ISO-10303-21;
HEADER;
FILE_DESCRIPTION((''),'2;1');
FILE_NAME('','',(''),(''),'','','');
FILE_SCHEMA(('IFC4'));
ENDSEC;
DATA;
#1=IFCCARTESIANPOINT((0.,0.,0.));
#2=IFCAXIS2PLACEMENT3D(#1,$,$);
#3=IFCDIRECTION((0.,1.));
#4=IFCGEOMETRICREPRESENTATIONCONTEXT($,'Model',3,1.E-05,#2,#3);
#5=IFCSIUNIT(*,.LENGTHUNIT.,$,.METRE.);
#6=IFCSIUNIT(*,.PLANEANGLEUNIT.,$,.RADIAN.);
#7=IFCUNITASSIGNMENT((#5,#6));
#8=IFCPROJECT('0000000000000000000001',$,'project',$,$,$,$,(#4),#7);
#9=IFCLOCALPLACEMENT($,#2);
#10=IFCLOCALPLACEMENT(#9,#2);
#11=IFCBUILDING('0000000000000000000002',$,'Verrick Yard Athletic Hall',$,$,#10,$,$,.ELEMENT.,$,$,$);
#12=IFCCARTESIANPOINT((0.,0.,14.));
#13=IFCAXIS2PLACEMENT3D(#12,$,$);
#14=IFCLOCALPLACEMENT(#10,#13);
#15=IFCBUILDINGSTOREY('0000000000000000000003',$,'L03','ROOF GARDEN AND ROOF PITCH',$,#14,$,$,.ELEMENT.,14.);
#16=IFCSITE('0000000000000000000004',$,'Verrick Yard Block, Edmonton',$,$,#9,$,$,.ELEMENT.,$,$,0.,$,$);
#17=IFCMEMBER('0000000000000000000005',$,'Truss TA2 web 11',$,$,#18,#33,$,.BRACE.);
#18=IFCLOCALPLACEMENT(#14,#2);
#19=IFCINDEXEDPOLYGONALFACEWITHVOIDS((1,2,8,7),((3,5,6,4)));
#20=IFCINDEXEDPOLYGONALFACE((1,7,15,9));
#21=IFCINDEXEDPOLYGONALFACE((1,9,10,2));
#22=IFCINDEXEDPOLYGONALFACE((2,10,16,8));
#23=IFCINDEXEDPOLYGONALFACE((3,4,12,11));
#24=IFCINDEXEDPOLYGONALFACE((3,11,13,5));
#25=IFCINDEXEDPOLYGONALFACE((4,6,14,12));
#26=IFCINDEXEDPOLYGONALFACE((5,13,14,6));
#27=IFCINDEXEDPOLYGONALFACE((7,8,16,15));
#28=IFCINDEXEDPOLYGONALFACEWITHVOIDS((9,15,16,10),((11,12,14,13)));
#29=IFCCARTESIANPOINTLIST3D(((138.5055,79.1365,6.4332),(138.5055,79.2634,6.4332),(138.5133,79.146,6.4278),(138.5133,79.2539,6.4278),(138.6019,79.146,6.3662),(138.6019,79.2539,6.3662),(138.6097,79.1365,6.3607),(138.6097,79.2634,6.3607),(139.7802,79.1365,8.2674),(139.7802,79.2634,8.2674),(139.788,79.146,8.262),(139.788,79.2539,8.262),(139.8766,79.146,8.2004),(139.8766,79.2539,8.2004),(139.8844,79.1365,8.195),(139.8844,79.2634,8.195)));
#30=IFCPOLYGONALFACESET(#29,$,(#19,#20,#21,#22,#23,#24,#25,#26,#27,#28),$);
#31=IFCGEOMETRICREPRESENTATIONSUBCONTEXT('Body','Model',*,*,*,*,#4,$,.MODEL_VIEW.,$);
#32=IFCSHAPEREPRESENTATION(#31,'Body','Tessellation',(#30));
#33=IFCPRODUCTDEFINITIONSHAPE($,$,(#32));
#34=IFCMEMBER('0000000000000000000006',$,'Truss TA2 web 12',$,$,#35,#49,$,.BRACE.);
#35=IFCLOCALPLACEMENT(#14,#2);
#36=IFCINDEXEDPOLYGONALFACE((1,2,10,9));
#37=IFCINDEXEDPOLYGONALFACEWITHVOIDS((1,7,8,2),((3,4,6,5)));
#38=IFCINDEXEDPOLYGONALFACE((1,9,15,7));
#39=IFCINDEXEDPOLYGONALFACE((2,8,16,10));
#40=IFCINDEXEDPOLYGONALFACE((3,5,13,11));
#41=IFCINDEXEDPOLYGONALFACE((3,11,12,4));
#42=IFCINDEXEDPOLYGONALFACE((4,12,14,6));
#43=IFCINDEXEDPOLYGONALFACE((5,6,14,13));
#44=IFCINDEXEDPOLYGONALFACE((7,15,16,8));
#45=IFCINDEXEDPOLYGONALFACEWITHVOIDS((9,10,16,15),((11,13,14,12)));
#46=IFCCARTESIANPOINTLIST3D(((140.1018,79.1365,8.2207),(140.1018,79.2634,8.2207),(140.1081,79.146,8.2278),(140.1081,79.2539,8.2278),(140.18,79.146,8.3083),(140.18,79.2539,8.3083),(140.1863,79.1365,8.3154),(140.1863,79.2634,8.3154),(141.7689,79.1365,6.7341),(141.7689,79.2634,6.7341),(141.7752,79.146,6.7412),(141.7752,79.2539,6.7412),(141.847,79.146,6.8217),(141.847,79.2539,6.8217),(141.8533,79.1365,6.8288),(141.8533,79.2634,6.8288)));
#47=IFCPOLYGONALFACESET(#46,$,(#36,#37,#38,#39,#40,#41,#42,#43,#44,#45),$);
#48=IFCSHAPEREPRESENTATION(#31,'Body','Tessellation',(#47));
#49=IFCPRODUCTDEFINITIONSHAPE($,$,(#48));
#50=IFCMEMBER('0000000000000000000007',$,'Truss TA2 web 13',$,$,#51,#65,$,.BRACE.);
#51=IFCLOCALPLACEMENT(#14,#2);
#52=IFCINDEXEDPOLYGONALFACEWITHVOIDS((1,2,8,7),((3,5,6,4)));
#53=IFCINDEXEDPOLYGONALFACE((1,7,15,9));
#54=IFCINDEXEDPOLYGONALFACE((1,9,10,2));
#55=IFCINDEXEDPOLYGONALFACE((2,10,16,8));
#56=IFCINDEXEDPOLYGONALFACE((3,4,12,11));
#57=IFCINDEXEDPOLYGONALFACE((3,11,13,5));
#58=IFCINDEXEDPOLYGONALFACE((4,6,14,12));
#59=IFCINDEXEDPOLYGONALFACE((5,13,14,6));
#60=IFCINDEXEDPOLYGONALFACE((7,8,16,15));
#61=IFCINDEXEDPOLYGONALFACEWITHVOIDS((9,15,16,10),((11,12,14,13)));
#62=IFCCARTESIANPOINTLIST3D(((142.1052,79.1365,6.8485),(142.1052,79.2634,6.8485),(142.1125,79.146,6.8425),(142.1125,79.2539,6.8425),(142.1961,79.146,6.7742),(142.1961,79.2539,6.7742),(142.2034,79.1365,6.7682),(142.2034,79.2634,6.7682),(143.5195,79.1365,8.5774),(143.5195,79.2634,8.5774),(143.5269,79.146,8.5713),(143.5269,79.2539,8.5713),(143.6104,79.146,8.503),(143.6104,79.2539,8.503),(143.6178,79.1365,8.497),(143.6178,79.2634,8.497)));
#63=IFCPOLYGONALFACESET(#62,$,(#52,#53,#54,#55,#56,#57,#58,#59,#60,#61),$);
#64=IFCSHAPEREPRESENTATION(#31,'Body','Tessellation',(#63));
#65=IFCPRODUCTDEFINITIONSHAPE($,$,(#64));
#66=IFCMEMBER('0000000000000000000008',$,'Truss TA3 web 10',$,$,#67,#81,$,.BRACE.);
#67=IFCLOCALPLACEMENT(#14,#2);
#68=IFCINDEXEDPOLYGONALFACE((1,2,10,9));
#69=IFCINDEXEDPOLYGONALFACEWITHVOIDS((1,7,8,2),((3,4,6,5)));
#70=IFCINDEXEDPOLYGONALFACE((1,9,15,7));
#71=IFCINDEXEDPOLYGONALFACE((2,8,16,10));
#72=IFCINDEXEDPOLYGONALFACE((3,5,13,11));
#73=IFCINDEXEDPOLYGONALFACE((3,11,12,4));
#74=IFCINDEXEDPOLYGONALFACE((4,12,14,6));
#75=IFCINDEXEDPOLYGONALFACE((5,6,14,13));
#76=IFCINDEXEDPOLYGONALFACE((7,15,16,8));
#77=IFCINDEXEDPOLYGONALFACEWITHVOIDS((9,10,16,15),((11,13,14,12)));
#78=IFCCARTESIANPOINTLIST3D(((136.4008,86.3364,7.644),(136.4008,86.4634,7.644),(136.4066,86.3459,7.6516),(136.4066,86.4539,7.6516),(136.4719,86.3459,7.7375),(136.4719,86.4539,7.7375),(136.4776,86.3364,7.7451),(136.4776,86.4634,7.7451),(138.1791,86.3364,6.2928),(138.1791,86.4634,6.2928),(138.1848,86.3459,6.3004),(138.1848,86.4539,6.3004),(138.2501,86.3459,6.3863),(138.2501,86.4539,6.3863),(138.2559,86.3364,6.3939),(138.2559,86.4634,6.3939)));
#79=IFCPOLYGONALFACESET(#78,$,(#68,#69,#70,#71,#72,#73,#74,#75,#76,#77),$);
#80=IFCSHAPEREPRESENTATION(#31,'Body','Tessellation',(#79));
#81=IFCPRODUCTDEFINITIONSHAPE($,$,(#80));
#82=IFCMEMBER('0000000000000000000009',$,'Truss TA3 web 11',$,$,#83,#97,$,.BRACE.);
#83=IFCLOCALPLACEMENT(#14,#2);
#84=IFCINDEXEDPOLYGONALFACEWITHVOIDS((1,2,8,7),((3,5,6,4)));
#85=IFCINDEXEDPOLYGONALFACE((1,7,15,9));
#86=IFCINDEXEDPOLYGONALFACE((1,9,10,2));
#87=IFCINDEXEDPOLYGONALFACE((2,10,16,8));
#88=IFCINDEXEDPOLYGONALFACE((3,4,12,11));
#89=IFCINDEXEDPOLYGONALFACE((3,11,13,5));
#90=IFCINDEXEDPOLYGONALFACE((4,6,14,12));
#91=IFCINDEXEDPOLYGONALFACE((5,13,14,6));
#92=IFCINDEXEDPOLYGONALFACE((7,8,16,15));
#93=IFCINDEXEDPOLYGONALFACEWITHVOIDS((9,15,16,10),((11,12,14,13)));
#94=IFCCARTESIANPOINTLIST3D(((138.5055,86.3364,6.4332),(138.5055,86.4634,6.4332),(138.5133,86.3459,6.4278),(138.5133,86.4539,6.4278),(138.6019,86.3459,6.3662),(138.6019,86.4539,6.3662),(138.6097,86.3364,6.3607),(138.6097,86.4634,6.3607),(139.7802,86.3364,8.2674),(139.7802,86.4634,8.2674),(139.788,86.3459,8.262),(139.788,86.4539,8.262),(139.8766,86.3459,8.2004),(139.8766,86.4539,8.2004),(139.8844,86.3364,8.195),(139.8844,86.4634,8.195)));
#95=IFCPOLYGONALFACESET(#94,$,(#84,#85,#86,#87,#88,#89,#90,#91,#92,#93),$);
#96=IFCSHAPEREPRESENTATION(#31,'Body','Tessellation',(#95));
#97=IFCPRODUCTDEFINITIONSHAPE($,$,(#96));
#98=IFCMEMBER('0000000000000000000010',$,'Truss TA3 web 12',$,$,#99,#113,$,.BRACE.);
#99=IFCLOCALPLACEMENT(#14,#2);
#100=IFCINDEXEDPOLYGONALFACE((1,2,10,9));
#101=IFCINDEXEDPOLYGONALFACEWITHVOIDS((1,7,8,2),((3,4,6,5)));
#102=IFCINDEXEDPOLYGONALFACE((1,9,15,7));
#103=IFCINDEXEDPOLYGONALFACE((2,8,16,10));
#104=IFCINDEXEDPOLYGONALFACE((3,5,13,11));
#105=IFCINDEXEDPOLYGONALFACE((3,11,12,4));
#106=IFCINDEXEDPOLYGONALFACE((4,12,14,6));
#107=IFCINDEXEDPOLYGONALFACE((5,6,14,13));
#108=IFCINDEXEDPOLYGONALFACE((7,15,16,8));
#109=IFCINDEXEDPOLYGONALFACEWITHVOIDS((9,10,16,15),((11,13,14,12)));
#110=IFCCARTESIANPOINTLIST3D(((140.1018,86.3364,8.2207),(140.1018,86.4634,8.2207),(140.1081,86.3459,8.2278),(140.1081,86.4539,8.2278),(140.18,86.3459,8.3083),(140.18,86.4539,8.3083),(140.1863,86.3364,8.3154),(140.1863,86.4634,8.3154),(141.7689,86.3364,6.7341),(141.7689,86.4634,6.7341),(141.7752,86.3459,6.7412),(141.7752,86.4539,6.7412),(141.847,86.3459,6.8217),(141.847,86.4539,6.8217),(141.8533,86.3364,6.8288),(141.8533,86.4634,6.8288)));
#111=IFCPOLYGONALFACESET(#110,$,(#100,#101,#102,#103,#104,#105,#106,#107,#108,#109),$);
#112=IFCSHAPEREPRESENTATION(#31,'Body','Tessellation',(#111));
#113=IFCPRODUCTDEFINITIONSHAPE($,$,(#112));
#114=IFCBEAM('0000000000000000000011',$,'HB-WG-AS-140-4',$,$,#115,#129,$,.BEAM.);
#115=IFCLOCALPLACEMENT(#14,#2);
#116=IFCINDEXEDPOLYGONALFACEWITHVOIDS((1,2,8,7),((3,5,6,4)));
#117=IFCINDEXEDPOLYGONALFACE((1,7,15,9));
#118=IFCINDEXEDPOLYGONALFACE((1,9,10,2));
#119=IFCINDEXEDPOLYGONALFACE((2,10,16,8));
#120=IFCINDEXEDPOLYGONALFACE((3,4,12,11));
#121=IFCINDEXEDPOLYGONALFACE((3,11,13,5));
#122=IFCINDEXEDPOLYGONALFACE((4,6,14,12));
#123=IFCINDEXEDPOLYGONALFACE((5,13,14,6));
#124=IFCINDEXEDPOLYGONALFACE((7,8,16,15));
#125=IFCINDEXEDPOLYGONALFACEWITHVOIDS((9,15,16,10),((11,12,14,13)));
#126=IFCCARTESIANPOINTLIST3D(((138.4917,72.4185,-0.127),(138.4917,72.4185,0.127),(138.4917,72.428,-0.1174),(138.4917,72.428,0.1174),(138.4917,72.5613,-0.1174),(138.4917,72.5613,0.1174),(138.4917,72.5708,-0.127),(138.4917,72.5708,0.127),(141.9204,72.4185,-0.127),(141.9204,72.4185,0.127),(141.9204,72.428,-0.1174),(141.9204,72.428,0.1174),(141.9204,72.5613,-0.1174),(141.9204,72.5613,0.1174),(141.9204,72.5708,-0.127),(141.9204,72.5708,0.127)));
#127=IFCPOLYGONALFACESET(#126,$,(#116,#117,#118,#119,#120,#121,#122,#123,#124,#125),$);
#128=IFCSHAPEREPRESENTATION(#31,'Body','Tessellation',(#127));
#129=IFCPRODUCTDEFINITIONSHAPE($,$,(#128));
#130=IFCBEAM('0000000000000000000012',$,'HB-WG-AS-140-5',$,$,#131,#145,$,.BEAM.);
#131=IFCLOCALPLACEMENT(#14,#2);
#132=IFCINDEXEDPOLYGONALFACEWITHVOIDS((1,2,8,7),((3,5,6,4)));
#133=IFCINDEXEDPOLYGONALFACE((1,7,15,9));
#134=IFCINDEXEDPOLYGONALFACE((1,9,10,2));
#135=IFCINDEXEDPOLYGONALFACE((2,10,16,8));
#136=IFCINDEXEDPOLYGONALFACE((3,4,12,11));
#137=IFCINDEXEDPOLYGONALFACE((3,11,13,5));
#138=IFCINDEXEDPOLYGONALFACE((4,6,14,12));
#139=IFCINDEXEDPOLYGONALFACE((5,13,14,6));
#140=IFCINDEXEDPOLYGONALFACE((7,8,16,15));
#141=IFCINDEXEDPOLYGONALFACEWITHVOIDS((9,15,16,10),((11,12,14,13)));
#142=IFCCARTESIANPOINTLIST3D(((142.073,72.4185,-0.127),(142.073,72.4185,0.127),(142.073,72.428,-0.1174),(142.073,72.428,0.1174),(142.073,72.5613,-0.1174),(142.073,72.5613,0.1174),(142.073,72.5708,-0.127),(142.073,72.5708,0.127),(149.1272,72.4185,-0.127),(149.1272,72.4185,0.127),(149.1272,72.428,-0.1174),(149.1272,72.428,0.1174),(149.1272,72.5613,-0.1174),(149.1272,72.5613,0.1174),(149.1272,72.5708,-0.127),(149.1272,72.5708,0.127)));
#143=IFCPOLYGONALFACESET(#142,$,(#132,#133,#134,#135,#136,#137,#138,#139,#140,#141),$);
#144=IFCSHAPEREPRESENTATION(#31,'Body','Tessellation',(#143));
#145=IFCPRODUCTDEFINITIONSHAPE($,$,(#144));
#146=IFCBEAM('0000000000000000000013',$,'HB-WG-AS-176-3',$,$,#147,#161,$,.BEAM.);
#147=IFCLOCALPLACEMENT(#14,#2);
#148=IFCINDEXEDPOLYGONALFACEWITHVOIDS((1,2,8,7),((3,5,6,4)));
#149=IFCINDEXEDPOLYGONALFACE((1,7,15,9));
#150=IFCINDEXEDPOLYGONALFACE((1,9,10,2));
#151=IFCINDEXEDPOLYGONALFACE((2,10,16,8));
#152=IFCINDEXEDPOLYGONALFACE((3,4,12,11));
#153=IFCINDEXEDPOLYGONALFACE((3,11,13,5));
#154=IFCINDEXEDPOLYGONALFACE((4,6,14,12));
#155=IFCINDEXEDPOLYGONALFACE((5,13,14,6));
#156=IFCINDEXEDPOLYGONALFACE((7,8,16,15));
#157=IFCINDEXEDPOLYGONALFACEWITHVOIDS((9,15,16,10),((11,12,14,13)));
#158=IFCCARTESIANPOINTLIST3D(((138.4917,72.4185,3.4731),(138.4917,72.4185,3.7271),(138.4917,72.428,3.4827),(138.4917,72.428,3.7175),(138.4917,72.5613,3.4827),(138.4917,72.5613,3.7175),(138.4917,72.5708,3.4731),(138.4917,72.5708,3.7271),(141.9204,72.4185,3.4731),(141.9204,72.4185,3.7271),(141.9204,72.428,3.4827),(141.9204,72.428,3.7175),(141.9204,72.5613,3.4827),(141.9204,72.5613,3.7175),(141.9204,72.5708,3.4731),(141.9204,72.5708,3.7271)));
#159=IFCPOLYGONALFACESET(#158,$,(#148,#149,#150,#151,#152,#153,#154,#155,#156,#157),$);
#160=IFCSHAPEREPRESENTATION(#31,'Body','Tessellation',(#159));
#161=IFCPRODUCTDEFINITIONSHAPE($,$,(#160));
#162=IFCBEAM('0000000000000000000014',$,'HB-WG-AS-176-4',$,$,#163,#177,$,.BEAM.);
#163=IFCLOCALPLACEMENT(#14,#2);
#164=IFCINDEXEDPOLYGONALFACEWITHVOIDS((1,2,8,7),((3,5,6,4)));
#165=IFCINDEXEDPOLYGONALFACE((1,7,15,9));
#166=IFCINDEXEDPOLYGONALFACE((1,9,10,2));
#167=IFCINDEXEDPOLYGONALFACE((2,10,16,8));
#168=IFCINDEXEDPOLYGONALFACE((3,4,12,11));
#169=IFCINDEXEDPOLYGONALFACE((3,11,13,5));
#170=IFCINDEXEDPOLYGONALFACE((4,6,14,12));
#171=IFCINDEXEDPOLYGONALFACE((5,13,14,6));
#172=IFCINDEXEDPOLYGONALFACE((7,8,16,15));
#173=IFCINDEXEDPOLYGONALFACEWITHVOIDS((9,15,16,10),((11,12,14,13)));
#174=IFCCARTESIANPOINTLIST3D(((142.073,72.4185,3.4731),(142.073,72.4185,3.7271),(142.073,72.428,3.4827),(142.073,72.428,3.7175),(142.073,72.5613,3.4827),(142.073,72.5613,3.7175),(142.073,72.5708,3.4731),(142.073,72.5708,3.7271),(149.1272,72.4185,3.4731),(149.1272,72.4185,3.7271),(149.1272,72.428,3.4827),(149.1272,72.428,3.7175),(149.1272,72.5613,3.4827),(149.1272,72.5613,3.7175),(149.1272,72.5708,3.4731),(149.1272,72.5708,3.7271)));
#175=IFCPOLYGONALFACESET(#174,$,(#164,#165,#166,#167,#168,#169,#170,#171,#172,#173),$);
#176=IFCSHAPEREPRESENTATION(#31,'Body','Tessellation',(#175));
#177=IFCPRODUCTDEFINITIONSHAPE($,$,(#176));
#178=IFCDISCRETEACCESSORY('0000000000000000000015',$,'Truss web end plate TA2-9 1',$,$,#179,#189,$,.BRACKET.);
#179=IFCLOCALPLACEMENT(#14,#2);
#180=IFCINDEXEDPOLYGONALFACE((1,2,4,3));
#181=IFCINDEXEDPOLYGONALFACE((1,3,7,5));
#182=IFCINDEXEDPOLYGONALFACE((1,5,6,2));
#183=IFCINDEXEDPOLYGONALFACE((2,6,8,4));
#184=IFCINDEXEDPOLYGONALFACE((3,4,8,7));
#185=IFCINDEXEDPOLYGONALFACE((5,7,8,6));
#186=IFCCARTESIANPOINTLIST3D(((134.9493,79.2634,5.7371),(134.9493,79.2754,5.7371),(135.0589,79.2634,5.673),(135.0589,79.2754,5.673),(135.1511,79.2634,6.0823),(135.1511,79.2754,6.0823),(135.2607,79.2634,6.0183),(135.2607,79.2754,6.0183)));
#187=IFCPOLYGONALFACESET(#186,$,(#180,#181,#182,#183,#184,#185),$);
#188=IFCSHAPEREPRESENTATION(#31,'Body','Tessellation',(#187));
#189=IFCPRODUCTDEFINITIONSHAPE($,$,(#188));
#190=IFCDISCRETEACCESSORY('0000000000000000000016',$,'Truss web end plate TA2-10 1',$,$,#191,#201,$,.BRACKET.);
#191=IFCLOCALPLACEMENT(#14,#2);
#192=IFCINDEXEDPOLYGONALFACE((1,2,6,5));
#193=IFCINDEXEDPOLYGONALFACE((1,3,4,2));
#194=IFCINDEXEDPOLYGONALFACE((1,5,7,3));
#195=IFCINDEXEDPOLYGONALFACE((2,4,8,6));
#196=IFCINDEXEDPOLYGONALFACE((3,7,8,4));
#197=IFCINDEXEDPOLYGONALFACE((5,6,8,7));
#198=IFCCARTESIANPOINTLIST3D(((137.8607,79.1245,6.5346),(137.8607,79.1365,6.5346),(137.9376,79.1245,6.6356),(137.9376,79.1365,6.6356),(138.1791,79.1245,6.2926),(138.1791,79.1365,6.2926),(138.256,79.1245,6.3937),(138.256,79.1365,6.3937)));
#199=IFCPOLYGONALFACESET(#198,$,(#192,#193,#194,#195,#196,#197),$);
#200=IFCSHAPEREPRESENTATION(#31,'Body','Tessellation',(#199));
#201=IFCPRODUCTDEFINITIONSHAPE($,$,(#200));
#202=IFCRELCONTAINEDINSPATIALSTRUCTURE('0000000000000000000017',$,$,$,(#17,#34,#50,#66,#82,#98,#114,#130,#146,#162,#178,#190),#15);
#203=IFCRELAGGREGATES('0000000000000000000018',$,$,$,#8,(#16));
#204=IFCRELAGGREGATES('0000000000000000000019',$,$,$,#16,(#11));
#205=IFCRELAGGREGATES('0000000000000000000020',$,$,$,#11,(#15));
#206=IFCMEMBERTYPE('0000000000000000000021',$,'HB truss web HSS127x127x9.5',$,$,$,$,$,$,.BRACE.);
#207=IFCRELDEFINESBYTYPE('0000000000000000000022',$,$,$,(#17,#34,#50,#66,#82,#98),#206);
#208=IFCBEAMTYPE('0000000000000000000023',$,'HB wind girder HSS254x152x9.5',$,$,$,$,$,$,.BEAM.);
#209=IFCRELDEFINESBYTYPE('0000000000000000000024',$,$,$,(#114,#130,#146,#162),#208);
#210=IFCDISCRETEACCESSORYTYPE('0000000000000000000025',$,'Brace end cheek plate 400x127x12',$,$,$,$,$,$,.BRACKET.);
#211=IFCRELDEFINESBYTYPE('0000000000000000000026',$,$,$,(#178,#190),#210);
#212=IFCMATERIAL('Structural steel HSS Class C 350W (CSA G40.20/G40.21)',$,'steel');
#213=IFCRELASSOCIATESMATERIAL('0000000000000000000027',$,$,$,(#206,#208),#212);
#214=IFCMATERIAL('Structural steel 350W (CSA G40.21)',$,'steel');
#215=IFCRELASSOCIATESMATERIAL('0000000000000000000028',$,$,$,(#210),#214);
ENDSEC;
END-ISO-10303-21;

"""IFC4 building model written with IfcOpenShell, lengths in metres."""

from ifc_helpers import new_model, si_unit, direction, frame, origin, origin_2d, place, context, subcontext, project, spatial, rectangle, hollow_rectangle, extrude, material, material_profile, profile_set, type_object, element, save


model = new_model("IFC4")

# Units and contexts
model_context = context("Model", 3, precision=1e-05, world=origin(), true_north=direction((0.0, 1.0)))
body_context = subcontext(model_context, "Body", "Model", "MODEL_VIEW")
ifc_project = project(units=[si_unit("LENGTHUNIT", "METRE"), si_unit("PLANEANGLEUNIT", "RADIAN")], contexts=[model_context])

# Site, building, storey
site_placement = place(None, origin())
site = spatial("IfcSite", under=ifc_project, at=site_placement, Name="Verrick Yard Block, Edmonton", CompositionType="ELEMENT", RefElevation=0.0)
building_placement = place(site_placement, origin())
building = spatial("IfcBuilding", under=site, at=building_placement, Name="Verrick Yard Athletic Hall", CompositionType="ELEMENT")
storey_placement = place(building_placement, frame((0.0, 0.0, 14.0)))
storey = spatial("IfcBuildingStorey", under=building, at=storey_placement, Name="L03", Description="ROOF GARDEN AND ROOF PITCH", CompositionType="ELEMENT", Elevation=14.0)

# Members
ifc_material_1 = material(Name="Structural steel HSS Class C 350W (CSA G40.20/G40.21)", Category="steel")
ifc_material_profile_1 = material_profile(ifc_material_1, hollow_rectangle(XDim=0.127, YDim=0.127, WallThickness=0.0095, at=origin_2d()), Name="HSS127x127x9.5")
ifc_profile_set_1 = profile_set([ifc_material_profile_1], Name="Structural steel HSS Class C 350W (CSA G40.20/G40.21)")
member_type_1 = type_object("IfcMemberType", Name="HB truss web HSS127x127x9.5", PredefinedType="BRACE", material=ifc_profile_set_1)
for number, where, z_axis, x_axis, name in (
    (1, (138.5576, 79.2, 6.397), (0.570664, 0.0, 0.821184), (0.0, 1.0, 0.0), "Truss TA2 web 11"),
    (2, (140.144, 79.2, 8.2681), (0.746341, 0.0, -0.665564), (0.0, 1.0, 0.0), "Truss TA2 web 12"),
    (3, (142.1543, 79.2, 6.8083), (0.633202, 0.0, 0.773987), (0.0, 1.0, 0.0), "Truss TA2 web 13"),
):
    element("IfcMember", number, at=place(storey_placement, frame(where, z_axis=z_axis, x_axis=x_axis)), inside=storey, type_object=member_type_1, Name=name, PredefinedType="BRACE", context=body_context, shape_type="SweptSolid", body=[
        extrude(hollow_rectangle(XDim=0.127, YDim=0.127, WallThickness=0.0095, at=origin_2d()), origin(), (0.0, 0.0, 1.0), 2.2336),
    ])
member_1_placement = place(storey_placement, frame((136.4392, 86.3999, 7.6946), z_axis=(0.796206, 0.0, -0.605025), x_axis=(0.0, 1.0, 0.0)))
element("IfcMember", 4, at=member_1_placement, inside=storey, type_object=member_type_1, Name="Truss TA3 web 10", PredefinedType="BRACE", context=body_context, shape_type="SweptSolid", body=[
    extrude(hollow_rectangle(XDim=0.127, YDim=0.127, WallThickness=0.0095, at=origin_2d()), origin(), (0.0, 0.0, 1.0), 2.2334),
])
for number, where, z_axis, x_axis, name in (
    (5, (138.5576, 86.3999, 6.397), (0.570664, 0.0, 0.821184), (0.0, 1.0, 0.0), "Truss TA3 web 11"),
    (6, (140.144, 86.3999, 8.2681), (0.746341, 0.0, -0.665564), (0.0, 1.0, 0.0), "Truss TA3 web 12"),
):
    element("IfcMember", number, at=place(storey_placement, frame(where, z_axis=z_axis, x_axis=x_axis)), inside=storey, type_object=member_type_1, Name=name, PredefinedType="BRACE", context=body_context, shape_type="SweptSolid", body=[
        extrude(hollow_rectangle(XDim=0.127, YDim=0.127, WallThickness=0.0095, at=origin_2d()), origin(), (0.0, 0.0, 1.0), 2.2336),
    ])

# Beams
ifc_material_profile_2 = material_profile(ifc_material_1, hollow_rectangle(XDim=0.1523, YDim=0.2539, WallThickness=0.0095, at=origin_2d()), Name="HSS254x152x9.5")
ifc_profile_set_2 = profile_set([ifc_material_profile_2], Name="Structural steel HSS Class C 350W (CSA G40.20/G40.21)")
beam_type = type_object("IfcBeamType", Name="HB wind girder HSS254x152x9.5", PredefinedType="BEAM", material=ifc_profile_set_2)
beam_1_placement = place(storey_placement, frame((138.4917, 72.4946, 0.0), z_axis=(1.0, 0.0, 0.0), x_axis=(0.0, 1.0, 0.0)))
element("IfcBeam", 7, at=beam_1_placement, inside=storey, type_object=beam_type, Name="HB-WG-AS-140-4", PredefinedType="BEAM", context=body_context, shape_type="SweptSolid", body=[
    extrude(hollow_rectangle(XDim=0.1523, YDim=0.2539, WallThickness=0.0095, at=origin_2d()), origin(), (0.0, 0.0, 1.0), 3.4287),
])
beam_2_placement = place(storey_placement, frame((142.073, 72.4946, 0.0), z_axis=(1.0, 0.0, 0.0), x_axis=(0.0, 1.0, 0.0)))
element("IfcBeam", 8, at=beam_2_placement, inside=storey, type_object=beam_type, Name="HB-WG-AS-140-5", PredefinedType="BEAM", context=body_context, shape_type="SweptSolid", body=[
    extrude(hollow_rectangle(XDim=0.1523, YDim=0.2539, WallThickness=0.0095, at=origin_2d()), origin(), (0.0, 0.0, 1.0), 7.0542),
])
beam_3_placement = place(storey_placement, frame((138.4917, 72.4946, 3.6001), z_axis=(1.0, 0.0, 0.0), x_axis=(0.0, 1.0, 0.0)))
element("IfcBeam", 9, at=beam_3_placement, inside=storey, type_object=beam_type, Name="HB-WG-AS-176-3", PredefinedType="BEAM", context=body_context, shape_type="SweptSolid", body=[
    extrude(hollow_rectangle(XDim=0.1523, YDim=0.2539, WallThickness=0.0095, at=origin_2d()), origin(), (0.0, 0.0, 1.0), 3.4287),
])
beam_4_placement = place(storey_placement, frame((142.073, 72.4946, 3.6001), z_axis=(1.0, 0.0, 0.0), x_axis=(0.0, 1.0, 0.0)))
element("IfcBeam", 10, at=beam_4_placement, inside=storey, type_object=beam_type, Name="HB-WG-AS-176-4", PredefinedType="BEAM", context=body_context, shape_type="SweptSolid", body=[
    extrude(hollow_rectangle(XDim=0.1523, YDim=0.2539, WallThickness=0.0095, at=origin_2d()), origin(), (0.0, 0.0, 1.0), 7.0542),
])

# Discrete accessories
ifc_material_2 = material(Name="Structural steel 350W (CSA G40.21)", Category="steel")
ifc_material_profile_3 = material_profile(ifc_material_2, rectangle(XDim=0.3999, YDim=0.127, at=origin_2d()), Name="Brace end cheek plate")
ifc_profile_set_3 = profile_set([ifc_material_profile_3], Name="Structural steel 350W (CSA G40.21)")
discrete_accessory_type_1 = type_object("IfcDiscreteAccessoryType", Name="Brace end cheek plate 400x127x12", PredefinedType="BRACKET", material=ifc_profile_set_3)
for number, where, z_axis, x_axis, name in (
    (11, (135.105, 79.2634, 5.8777), (0.0, 1.0, 0.0), (0.504597, 0.0, 0.863355), "Truss web end plate TA2-9 1"),
    (12, (138.0583, 79.1365, 6.4641), (0.0, -1.0, 0.0), (-0.796193, 0.0, 0.605042), "Truss web end plate TA2-10 1"),
):
    element("IfcDiscreteAccessory", number, at=place(storey_placement, frame(where, z_axis=z_axis, x_axis=x_axis)), inside=storey, type_object=discrete_accessory_type_1, Name=name, PredefinedType="BRACKET", context=body_context, shape_type="SweptSolid", body=[
        extrude(rectangle(XDim=0.3999, YDim=0.127, at=origin_2d()), origin(), (0.0, 0.0, 1.0), 0.012),
    ])

save(model, "model.ifc")
